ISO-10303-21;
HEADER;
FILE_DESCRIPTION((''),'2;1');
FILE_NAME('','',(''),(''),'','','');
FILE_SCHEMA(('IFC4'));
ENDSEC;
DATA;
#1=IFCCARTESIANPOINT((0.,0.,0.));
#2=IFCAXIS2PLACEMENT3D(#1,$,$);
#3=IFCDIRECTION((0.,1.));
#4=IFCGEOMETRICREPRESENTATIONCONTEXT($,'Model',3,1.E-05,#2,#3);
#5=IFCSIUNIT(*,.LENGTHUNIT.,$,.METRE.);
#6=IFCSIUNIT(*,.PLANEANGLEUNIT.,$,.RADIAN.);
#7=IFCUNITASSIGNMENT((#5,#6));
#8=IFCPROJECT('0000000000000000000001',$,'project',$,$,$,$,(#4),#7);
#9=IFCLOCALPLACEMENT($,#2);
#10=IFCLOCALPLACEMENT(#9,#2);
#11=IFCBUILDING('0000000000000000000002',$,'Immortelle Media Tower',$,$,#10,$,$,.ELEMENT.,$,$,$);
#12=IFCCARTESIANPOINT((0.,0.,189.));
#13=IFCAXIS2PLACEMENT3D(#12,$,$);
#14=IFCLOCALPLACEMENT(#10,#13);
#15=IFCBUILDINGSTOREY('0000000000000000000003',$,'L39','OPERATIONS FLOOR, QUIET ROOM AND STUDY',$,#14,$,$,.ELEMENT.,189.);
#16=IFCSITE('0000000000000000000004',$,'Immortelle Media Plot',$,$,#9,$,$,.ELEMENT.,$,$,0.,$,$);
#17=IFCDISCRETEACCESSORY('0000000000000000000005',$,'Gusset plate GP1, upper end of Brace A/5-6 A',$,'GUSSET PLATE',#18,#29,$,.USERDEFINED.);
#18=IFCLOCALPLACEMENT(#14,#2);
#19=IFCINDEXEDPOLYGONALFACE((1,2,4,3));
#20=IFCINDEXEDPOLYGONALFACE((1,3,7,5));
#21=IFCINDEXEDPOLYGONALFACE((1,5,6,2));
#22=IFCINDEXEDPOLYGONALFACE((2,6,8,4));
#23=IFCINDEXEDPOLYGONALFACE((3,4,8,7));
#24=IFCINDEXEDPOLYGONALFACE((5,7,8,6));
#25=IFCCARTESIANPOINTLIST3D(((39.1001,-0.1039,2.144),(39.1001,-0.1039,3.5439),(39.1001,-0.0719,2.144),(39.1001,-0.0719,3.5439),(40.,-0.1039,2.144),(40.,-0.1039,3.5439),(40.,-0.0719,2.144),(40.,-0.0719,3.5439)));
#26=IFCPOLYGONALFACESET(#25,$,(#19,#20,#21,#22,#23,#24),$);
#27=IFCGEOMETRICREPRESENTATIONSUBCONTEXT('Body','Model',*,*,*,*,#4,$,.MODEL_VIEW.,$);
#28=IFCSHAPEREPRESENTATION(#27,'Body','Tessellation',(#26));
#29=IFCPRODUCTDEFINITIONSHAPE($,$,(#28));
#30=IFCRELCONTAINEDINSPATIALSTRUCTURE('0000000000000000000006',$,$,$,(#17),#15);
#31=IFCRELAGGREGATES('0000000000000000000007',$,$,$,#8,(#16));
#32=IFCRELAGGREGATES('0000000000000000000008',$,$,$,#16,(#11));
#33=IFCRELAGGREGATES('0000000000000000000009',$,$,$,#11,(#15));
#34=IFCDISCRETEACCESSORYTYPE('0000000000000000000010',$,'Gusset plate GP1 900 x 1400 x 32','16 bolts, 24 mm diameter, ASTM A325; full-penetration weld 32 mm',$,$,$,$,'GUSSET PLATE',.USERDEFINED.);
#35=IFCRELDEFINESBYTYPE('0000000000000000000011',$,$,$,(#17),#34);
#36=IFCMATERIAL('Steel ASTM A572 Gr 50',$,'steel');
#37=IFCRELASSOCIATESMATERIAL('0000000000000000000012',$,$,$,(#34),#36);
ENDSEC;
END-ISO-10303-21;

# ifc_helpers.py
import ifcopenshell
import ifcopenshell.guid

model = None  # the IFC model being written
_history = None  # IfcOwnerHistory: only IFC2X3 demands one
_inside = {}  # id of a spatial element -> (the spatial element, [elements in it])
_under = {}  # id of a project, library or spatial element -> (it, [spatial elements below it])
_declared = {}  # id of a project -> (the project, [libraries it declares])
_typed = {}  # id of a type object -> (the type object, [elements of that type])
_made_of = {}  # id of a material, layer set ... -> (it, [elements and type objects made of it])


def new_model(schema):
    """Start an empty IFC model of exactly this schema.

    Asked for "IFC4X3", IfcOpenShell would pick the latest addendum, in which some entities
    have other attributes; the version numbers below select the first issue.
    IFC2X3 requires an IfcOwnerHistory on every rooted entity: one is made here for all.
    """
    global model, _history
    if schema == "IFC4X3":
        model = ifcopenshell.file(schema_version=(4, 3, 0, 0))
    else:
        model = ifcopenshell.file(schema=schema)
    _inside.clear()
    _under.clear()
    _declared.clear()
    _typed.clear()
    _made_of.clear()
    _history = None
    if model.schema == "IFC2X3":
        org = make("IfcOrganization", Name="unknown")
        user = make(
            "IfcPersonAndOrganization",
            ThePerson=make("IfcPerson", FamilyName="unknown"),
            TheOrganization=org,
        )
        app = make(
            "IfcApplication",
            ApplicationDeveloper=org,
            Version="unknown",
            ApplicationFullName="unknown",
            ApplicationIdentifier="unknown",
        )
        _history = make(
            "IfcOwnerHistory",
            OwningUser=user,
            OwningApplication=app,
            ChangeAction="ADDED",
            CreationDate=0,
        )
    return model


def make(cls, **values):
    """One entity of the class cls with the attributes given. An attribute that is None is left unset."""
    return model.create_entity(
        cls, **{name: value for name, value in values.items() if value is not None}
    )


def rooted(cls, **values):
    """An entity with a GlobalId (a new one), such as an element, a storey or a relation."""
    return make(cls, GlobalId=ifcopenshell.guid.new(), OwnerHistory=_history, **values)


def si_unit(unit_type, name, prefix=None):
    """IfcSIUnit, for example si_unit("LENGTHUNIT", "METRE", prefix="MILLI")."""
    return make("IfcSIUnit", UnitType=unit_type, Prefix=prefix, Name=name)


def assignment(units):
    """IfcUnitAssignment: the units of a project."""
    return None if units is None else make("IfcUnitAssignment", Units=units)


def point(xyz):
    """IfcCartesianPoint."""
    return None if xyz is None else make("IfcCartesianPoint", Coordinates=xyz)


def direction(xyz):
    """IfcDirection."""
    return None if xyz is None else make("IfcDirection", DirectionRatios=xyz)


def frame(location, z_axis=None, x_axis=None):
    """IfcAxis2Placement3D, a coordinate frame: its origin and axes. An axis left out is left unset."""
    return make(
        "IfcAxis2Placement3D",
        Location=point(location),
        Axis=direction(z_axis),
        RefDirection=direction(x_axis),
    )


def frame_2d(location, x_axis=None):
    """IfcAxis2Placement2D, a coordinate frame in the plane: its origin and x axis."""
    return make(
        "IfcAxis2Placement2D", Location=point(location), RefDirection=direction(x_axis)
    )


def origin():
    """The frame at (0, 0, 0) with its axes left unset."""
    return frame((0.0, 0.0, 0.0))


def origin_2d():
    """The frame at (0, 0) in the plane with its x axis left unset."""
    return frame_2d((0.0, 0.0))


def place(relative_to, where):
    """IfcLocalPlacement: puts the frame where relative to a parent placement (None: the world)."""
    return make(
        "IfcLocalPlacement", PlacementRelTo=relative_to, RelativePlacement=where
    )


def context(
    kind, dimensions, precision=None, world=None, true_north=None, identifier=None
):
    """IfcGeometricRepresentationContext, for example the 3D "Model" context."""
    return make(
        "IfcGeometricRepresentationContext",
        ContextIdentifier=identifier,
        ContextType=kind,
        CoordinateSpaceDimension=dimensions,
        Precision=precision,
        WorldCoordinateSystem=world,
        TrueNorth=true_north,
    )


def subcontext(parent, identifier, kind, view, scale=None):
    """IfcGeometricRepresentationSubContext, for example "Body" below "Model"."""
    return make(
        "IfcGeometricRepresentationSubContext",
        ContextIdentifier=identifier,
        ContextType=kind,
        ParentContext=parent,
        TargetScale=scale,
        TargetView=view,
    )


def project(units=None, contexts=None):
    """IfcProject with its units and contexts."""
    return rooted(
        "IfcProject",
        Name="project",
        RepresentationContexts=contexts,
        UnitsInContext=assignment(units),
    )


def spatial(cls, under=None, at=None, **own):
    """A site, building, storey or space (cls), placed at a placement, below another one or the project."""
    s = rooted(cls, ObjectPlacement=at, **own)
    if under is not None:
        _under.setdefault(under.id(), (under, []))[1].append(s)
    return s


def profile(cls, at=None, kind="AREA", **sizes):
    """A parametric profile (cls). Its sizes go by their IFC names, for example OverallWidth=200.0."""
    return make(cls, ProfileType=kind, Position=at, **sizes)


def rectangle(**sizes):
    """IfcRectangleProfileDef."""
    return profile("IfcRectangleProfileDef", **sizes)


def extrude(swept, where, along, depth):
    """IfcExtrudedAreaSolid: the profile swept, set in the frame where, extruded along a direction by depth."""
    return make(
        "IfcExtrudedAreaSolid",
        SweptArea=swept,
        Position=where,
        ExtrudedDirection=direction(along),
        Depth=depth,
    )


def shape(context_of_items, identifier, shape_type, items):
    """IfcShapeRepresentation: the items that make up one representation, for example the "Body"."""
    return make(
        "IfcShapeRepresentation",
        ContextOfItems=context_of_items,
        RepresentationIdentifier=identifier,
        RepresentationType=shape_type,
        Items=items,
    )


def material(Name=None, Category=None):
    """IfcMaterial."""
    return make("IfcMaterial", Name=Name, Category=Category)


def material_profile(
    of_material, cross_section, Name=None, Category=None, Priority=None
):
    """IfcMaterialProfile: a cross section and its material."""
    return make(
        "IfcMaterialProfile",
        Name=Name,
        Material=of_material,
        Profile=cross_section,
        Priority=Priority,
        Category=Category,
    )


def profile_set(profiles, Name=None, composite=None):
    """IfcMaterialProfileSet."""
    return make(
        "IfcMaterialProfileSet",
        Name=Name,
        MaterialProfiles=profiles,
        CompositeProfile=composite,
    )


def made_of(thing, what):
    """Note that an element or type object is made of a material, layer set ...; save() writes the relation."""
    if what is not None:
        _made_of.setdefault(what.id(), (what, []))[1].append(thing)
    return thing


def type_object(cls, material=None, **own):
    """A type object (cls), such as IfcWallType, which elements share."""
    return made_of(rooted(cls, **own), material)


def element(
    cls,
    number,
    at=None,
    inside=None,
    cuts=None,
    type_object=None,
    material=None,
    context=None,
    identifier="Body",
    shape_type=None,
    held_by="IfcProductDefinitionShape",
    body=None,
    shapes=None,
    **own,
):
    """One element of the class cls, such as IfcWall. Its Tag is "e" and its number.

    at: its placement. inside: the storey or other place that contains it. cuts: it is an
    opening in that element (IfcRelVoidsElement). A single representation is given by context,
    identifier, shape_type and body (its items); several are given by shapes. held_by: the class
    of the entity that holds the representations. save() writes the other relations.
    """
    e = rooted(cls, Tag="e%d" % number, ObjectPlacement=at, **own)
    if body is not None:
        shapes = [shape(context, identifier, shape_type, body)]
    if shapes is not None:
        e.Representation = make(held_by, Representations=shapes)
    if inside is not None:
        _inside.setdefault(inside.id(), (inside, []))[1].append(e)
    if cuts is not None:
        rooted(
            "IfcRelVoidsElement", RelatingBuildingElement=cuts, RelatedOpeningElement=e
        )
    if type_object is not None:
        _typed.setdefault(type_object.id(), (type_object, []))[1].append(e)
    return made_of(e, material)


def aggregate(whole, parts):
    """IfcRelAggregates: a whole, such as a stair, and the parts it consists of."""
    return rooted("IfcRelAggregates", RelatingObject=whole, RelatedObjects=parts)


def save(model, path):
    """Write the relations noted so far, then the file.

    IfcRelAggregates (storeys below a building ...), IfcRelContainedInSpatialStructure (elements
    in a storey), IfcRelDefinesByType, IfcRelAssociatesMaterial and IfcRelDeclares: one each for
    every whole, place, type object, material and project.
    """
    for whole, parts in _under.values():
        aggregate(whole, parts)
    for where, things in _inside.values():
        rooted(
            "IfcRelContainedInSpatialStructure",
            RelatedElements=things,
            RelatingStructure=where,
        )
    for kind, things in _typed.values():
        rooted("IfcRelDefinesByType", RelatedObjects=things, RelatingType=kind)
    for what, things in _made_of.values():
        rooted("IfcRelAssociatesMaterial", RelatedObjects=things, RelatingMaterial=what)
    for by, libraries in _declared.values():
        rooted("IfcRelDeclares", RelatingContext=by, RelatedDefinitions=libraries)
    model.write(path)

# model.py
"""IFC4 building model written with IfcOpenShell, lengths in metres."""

from ifc_helpers import new_model, si_unit, direction, frame, origin, origin_2d, place, context, subcontext, project, spatial, rectangle, extrude, material, material_profile, profile_set, type_object, element, save


model = new_model("IFC4")

# Units and contexts
model_context = context("Model", 3, precision=1e-05, world=origin(), true_north=direction((0.0, 1.0)))
body_context = subcontext(model_context, "Body", "Model", "MODEL_VIEW")
ifc_project = project(units=[si_unit("LENGTHUNIT", "METRE"), si_unit("PLANEANGLEUNIT", "RADIAN")], contexts=[model_context])

# Site, building, storey
site_placement = place(None, origin())
site = spatial("IfcSite", under=ifc_project, at=site_placement, Name="Immortelle Media Plot", CompositionType="ELEMENT", RefElevation=0.0)
building_placement = place(site_placement, origin())
building = spatial("IfcBuilding", under=site, at=building_placement, Name="Immortelle Media Tower", CompositionType="ELEMENT")
storey_placement = place(building_placement, frame((0.0, 0.0, 189.0)))
storey = spatial("IfcBuildingStorey", under=building, at=storey_placement, Name="L39", Description="OPERATIONS FLOOR, QUIET ROOM AND STUDY", CompositionType="ELEMENT", Elevation=189.0)

# Discrete accessory
ifc_material_1 = material(Name="Steel ASTM A572 Gr 50", Category="steel")
ifc_material_profile_1 = material_profile(ifc_material_1, rectangle(XDim=0.032, YDim=1.3999, at=origin_2d()), Name="PL 32 x 1400")
ifc_profile_set_1 = profile_set([ifc_material_profile_1], Name="Steel ASTM A572 Gr 50")
discrete_accessory_type_1 = type_object("IfcDiscreteAccessoryType", Name="Gusset plate GP1 900 x 1400 x 32", Description="16 bolts, 24 mm diameter, ASTM A325; full-penetration weld 32 mm", ElementType="GUSSET PLATE", PredefinedType="USERDEFINED", material=ifc_profile_set_1)
discrete_accessory_1_placement = place(storey_placement, frame((40.0, -0.0879, 2.844), z_axis=(-1.0, 0.0, 0.0), x_axis=(0.0, -1.0, 0.0)))
element("IfcDiscreteAccessory", 1, at=discrete_accessory_1_placement, inside=storey, type_object=discrete_accessory_type_1, Name="Gusset plate GP1, upper end of Brace A/5-6 A", ObjectType="GUSSET PLATE", PredefinedType="USERDEFINED", context=body_context, shape_type="SweptSolid", body=[
    extrude(rectangle(XDim=0.032, YDim=1.3999, at=origin_2d()), origin(), (0.0, 0.0, 1.0), 0.8999),
])

save(model, "model.ifc")
